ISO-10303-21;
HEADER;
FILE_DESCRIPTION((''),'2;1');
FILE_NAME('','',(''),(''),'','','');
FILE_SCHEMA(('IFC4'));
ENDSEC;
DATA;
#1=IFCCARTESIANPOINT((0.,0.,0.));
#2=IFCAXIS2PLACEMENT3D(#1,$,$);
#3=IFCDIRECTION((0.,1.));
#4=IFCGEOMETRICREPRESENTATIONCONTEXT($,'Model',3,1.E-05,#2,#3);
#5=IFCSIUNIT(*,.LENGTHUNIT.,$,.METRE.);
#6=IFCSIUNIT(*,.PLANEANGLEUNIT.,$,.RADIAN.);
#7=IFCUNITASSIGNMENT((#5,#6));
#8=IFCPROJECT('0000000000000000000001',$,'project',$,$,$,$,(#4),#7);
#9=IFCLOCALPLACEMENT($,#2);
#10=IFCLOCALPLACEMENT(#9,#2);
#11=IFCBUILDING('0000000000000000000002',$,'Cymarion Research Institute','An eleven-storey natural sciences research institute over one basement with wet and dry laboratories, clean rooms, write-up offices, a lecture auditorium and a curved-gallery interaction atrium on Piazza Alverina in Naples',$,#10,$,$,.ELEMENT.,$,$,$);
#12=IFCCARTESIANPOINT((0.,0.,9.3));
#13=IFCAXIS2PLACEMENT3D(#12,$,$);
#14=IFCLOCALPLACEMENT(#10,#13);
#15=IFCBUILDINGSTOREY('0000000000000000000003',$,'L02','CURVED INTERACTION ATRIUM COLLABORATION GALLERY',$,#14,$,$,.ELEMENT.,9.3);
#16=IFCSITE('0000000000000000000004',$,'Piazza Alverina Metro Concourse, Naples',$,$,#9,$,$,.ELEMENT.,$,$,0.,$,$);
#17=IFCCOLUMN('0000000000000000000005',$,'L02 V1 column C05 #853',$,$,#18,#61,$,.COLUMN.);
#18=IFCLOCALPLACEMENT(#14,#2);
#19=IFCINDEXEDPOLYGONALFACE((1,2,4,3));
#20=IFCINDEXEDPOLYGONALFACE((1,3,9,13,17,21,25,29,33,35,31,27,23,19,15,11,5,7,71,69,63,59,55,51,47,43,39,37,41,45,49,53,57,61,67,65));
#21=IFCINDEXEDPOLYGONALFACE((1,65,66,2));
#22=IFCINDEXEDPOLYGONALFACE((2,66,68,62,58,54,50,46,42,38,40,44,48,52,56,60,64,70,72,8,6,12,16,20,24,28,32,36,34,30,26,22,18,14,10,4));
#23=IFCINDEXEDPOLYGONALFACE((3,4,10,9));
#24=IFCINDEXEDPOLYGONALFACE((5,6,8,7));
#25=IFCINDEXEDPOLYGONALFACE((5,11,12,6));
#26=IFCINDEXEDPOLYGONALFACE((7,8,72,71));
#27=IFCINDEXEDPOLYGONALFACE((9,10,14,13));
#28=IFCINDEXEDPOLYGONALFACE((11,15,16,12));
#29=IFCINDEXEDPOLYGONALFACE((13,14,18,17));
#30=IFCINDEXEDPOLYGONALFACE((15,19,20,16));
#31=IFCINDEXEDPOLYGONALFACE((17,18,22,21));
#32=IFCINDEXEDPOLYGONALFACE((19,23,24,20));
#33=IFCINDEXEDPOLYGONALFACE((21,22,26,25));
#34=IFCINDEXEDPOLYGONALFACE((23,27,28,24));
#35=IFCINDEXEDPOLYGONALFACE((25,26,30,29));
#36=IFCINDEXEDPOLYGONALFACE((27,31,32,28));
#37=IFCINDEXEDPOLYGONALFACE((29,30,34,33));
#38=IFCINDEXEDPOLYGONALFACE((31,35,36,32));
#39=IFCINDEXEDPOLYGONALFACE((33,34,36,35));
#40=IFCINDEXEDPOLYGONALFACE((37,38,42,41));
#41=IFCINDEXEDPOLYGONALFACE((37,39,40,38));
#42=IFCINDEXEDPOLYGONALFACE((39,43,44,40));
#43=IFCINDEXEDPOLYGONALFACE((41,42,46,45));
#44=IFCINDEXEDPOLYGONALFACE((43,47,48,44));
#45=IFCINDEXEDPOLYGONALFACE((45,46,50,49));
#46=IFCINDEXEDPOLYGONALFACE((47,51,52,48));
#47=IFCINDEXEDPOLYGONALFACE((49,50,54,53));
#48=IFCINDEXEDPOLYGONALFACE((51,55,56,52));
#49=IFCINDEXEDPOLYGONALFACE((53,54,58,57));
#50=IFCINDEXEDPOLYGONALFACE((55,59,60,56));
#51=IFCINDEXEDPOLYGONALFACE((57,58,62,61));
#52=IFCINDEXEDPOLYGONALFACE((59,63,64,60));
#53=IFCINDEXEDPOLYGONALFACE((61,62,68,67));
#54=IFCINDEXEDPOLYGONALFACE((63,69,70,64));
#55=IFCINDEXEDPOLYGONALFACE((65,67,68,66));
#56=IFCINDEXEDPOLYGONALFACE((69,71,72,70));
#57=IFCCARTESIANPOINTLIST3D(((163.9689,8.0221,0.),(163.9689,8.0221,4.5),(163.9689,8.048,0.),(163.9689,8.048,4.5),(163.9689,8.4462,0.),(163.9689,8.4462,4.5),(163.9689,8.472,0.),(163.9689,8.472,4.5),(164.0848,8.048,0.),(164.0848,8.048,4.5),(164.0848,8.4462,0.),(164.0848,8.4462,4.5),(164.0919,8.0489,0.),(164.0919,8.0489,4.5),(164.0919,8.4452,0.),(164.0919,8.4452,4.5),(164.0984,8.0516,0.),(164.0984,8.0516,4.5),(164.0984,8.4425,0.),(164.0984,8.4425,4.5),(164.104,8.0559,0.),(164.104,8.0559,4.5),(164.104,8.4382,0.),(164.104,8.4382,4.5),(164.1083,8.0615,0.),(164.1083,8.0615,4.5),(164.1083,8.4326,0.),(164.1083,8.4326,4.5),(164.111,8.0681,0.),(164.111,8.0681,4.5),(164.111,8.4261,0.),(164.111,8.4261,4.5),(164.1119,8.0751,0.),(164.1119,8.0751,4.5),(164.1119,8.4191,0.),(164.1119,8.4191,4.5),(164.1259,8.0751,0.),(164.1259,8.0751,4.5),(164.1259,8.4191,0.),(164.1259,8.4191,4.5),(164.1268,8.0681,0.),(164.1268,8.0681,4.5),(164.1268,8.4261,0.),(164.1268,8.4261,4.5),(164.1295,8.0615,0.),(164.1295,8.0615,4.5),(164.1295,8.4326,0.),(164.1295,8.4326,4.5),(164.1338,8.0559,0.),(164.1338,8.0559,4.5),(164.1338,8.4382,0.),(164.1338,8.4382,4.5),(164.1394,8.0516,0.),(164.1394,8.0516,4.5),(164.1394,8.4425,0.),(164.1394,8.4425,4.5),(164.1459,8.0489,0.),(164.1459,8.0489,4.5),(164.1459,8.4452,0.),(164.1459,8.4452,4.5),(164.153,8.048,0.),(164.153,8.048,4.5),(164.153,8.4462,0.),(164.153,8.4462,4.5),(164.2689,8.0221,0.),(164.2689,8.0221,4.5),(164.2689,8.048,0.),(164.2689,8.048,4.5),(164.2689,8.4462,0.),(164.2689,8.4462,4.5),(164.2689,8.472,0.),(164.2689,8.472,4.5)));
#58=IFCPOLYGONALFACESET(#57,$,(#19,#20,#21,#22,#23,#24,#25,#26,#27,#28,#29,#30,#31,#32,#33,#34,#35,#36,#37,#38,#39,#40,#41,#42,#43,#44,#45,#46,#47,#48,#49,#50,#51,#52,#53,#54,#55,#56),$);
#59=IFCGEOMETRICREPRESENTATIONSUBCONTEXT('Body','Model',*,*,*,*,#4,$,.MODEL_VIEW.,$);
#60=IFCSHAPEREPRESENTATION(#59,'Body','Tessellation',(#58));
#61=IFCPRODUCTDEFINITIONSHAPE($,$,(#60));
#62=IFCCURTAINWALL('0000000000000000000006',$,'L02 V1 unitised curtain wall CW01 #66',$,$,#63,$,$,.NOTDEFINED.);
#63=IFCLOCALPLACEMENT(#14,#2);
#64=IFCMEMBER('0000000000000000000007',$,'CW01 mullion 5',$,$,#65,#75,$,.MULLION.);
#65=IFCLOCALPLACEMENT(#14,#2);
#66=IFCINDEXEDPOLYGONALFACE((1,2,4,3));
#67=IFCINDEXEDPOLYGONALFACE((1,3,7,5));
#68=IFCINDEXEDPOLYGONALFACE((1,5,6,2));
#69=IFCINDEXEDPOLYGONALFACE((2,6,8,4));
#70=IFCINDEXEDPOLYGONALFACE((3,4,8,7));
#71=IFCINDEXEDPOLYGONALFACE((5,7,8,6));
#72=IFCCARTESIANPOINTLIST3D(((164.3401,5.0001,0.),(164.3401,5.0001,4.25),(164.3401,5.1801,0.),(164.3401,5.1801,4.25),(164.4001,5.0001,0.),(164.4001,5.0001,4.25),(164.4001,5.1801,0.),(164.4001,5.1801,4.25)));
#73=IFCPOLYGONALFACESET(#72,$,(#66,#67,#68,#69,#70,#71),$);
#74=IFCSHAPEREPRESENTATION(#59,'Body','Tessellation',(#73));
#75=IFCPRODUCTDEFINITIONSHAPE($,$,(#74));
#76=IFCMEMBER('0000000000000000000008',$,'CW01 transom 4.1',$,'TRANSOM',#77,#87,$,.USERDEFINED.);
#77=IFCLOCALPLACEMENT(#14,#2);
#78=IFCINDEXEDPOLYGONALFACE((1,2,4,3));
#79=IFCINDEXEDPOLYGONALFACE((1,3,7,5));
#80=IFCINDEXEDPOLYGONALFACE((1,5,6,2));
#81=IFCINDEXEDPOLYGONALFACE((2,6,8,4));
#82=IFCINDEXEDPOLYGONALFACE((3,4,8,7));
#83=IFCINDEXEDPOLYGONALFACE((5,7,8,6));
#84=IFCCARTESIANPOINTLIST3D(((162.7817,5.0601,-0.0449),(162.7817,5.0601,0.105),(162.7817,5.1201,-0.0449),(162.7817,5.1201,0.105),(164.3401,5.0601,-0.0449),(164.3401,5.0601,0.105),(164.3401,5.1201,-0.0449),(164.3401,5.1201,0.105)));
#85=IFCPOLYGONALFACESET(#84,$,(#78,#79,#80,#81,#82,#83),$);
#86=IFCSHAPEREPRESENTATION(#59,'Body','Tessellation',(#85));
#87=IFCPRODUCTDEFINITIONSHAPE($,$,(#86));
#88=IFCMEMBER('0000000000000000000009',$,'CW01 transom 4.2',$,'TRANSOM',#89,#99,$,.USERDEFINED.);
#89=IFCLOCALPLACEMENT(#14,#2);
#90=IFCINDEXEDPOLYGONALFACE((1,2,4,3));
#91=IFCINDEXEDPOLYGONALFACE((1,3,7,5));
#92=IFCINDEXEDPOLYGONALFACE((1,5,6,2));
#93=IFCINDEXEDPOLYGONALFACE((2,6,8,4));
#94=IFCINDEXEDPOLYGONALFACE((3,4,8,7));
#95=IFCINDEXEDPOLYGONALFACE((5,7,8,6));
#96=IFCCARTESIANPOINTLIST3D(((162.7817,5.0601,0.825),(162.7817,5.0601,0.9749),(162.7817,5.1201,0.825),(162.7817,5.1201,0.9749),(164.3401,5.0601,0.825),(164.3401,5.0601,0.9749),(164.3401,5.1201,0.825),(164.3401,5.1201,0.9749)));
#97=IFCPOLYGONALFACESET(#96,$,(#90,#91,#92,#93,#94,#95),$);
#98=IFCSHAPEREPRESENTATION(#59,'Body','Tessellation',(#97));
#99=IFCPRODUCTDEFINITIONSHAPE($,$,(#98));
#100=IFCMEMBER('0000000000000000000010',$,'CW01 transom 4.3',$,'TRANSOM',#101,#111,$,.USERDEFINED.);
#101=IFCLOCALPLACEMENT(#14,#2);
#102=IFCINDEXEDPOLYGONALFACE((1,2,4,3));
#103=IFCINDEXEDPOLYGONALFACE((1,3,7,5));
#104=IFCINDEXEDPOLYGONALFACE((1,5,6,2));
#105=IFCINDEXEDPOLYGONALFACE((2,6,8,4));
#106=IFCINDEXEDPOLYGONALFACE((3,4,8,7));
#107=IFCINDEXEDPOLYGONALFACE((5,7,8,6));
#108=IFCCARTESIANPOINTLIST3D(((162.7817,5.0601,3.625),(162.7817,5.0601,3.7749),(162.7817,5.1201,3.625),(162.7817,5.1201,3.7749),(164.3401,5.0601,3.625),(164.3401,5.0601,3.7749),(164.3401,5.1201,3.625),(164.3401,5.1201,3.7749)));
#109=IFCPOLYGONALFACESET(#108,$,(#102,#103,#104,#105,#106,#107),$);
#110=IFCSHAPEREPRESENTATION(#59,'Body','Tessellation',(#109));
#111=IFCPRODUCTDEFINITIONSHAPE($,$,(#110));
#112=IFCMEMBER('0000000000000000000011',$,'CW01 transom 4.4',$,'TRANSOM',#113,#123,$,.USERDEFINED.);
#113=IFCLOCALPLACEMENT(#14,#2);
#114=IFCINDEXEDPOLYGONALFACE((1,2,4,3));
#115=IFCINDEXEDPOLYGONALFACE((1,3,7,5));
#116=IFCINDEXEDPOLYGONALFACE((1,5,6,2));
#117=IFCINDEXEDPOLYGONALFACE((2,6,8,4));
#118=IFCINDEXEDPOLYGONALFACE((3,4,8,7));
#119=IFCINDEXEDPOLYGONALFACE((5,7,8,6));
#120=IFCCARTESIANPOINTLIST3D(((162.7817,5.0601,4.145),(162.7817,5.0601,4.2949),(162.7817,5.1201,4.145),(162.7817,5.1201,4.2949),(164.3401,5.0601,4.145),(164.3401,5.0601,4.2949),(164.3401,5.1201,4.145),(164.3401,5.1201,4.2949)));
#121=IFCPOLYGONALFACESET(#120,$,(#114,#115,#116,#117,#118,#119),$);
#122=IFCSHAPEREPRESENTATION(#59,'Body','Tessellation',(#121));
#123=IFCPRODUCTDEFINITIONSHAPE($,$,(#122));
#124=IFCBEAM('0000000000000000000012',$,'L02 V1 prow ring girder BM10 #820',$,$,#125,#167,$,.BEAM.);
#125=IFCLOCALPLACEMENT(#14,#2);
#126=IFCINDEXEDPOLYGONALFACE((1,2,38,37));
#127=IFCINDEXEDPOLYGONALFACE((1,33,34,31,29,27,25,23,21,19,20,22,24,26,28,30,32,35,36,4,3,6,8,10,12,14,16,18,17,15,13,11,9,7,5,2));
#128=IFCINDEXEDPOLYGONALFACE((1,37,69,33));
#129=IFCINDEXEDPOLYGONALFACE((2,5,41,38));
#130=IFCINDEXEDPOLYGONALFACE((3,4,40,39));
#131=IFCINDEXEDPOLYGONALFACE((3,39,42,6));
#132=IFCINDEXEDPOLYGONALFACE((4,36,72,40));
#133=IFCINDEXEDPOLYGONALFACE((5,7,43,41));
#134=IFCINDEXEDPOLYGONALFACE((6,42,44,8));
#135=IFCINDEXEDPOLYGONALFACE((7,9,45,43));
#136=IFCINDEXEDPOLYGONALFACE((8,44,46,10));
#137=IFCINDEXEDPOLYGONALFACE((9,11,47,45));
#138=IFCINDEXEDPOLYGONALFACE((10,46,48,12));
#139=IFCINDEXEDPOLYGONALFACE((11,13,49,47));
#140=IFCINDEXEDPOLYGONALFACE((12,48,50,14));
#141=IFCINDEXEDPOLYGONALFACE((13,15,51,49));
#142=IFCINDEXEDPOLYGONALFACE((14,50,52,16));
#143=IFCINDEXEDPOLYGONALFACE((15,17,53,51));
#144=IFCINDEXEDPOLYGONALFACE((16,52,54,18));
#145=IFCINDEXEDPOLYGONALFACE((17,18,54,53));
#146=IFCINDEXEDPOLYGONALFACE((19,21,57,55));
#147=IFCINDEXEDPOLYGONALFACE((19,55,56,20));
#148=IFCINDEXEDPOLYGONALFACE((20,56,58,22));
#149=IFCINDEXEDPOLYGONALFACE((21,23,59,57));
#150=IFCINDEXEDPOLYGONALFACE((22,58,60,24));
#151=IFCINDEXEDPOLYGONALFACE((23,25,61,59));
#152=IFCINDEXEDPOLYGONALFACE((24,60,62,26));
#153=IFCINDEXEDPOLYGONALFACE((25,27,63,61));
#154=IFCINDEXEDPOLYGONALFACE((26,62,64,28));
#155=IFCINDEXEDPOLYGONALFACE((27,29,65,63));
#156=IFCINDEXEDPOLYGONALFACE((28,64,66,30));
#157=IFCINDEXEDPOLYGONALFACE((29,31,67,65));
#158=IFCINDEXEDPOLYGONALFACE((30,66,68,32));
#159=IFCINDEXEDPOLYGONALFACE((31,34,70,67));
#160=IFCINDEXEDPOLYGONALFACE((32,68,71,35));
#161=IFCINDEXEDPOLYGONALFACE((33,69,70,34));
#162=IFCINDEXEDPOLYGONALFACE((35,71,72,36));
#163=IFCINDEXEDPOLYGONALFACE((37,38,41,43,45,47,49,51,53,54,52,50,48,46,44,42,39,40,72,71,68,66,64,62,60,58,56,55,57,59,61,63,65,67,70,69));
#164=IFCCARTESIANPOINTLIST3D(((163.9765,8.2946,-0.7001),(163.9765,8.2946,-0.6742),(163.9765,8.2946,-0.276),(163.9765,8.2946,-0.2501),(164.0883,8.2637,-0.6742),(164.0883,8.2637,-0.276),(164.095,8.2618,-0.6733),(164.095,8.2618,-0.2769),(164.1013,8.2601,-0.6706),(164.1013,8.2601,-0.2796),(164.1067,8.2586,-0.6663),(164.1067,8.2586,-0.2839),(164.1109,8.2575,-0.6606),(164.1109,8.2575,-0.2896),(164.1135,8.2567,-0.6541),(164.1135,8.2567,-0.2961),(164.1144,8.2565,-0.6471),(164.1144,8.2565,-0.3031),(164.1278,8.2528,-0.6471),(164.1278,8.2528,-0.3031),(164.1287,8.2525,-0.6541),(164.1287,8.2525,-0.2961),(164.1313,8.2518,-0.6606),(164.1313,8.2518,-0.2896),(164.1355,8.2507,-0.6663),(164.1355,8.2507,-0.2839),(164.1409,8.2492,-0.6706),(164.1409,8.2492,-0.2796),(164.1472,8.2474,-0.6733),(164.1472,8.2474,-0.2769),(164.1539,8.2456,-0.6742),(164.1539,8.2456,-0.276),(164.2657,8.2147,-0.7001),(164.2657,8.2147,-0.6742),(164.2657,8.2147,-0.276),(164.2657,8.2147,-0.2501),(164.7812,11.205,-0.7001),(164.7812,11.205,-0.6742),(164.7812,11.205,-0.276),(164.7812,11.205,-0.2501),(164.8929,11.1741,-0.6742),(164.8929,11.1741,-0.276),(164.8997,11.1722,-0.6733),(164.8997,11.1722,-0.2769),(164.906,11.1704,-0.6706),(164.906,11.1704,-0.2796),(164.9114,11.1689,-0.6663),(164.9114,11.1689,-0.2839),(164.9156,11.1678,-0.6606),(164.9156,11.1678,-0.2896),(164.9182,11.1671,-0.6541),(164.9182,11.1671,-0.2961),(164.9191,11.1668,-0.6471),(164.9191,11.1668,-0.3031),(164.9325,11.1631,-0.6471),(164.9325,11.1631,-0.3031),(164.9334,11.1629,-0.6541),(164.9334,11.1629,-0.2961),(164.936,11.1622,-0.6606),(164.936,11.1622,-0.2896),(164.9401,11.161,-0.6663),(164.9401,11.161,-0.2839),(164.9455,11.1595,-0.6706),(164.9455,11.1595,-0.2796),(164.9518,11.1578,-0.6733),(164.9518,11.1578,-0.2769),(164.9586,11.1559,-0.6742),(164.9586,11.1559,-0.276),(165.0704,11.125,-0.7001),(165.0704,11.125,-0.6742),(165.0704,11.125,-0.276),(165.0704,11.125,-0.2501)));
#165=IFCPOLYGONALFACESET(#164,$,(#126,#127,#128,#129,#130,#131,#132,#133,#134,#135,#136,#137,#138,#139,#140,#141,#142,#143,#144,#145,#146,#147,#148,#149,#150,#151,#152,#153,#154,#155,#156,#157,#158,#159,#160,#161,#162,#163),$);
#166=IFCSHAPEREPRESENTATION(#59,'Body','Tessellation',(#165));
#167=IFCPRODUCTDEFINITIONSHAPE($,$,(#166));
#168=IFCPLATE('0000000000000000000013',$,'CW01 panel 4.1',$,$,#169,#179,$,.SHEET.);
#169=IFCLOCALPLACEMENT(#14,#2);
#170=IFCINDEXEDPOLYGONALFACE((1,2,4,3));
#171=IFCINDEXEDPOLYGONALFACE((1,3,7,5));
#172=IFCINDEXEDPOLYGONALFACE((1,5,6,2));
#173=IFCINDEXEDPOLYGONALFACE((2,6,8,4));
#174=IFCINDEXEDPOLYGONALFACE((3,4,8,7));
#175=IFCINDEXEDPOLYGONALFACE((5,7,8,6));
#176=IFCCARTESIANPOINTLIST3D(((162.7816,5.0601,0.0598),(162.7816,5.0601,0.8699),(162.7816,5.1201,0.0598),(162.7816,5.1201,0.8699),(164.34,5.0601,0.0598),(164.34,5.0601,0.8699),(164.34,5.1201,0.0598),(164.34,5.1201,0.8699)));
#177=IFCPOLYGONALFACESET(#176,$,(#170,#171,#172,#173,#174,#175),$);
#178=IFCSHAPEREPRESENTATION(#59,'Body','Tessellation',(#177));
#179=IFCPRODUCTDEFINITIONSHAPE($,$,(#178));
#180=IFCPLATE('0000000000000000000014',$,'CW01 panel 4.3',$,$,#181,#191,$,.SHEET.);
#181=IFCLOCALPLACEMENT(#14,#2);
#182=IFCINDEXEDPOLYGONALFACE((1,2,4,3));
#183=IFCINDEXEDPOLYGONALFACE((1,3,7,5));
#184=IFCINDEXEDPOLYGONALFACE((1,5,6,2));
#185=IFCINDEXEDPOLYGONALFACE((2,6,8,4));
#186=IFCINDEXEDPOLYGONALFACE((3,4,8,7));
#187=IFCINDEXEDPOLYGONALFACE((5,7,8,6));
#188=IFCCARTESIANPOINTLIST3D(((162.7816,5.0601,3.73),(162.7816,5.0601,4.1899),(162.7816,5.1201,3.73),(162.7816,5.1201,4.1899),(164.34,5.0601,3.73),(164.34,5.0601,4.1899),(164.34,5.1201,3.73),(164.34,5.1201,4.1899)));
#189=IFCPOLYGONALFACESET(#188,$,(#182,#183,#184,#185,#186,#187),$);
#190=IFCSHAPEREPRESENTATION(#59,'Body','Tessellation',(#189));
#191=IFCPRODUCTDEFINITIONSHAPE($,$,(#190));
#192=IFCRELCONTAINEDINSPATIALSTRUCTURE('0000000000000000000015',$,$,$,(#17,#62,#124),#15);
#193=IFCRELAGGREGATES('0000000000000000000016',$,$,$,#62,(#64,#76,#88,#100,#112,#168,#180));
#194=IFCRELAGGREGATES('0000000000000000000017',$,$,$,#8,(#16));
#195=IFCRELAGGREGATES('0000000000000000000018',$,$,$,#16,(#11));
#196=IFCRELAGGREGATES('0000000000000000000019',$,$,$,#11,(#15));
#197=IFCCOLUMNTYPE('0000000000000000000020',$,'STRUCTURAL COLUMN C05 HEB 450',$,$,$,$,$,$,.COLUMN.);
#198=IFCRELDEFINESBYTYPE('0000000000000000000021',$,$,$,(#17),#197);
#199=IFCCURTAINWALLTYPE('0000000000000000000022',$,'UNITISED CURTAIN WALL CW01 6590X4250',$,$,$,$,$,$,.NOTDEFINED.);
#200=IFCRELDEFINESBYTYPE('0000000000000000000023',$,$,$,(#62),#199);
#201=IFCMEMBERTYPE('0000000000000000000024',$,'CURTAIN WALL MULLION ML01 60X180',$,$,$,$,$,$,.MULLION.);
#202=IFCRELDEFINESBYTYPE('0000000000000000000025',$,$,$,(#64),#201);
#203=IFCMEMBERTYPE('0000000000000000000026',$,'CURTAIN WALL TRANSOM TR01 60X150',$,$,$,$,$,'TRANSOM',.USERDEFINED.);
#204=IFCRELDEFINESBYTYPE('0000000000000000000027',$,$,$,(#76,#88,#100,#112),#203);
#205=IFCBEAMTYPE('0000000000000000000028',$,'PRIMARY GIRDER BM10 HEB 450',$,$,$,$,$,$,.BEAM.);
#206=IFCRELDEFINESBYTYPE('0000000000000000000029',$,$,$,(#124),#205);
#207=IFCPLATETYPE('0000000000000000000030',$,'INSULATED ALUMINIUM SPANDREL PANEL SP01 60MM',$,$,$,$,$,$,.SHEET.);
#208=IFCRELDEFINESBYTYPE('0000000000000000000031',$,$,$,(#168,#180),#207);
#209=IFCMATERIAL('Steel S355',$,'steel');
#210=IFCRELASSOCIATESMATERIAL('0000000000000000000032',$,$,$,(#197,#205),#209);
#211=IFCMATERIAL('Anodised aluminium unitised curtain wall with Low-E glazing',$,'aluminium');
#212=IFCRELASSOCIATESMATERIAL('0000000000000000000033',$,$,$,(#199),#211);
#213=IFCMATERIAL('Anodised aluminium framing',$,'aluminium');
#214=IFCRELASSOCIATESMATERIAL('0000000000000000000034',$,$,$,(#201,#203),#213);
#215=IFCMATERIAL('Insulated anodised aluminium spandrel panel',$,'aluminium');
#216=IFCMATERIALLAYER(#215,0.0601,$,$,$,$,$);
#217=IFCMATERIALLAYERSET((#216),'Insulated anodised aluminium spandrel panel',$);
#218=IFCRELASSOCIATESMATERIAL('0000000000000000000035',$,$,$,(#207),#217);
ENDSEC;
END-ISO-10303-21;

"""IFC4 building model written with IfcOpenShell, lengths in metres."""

from ifc_helpers import new_model, si_unit, direction, frame, origin, origin_2d, place, context, subcontext, project, spatial, rectangle, i_section, extrude, material, layer, layer_set, material_profile, profile_set, type_object, element, aggregate, save


model = new_model("IFC4")

# Units and contexts
model_context = context("Model", 3, precision=1e-05, world=origin(), true_north=direction((0.0, 1.0)))
body_context = subcontext(model_context, "Body", "Model", "MODEL_VIEW")
ifc_project = project(units=[si_unit("LENGTHUNIT", "METRE"), si_unit("PLANEANGLEUNIT", "RADIAN")], contexts=[model_context])

# Site, building, storey
site_placement = place(None, origin())
site = spatial("IfcSite", under=ifc_project, at=site_placement, Name="Piazza Alverina Metro Concourse, Naples", CompositionType="ELEMENT", RefElevation=0.0)
building_placement = place(site_placement, origin())
building = spatial("IfcBuilding", under=site, at=building_placement, Name="Cymarion Research Institute", Description="An eleven-storey natural sciences research institute over one basement with wet and dry laboratories, clean rooms, write-up offices, a lecture auditorium and a curved-gallery interaction atrium on Piazza Alverina in Naples", CompositionType="ELEMENT")
storey_placement = place(building_placement, frame((0.0, 0.0, 9.3)))
storey = spatial("IfcBuildingStorey", under=building, at=storey_placement, Name="L02", Description="CURVED INTERACTION ATRIUM COLLABORATION GALLERY", CompositionType="ELEMENT", Elevation=9.3)

# Column
ifc_material_1 = material(Name="Steel S355", Category="steel")
ifc_material_profile_1 = material_profile(ifc_material_1, i_section(OverallWidth=0.3, OverallDepth=0.45, WebThickness=0.0139, FlangeThickness=0.0259, FilletRadius=0.0271, at=origin_2d()), Name="HEB 450")
ifc_profile_set_1 = profile_set([ifc_material_profile_1], Name="Steel S355")
column_type = type_object("IfcColumnType", Name="STRUCTURAL COLUMN C05 HEB 450", PredefinedType="COLUMN", material=ifc_profile_set_1)
column_placement = place(storey_placement, frame((164.1189, 8.2471, 0.0), z_axis=(0.0, 0.0, 1.0), x_axis=(1.0, 0.0, 0.0)))
element("IfcColumn", 1, at=column_placement, inside=storey, type_object=column_type, Name="L02 V1 column C05 #853", PredefinedType="COLUMN", context=body_context, shape_type="SweptSolid", body=[
    extrude(i_section(OverallWidth=0.3, OverallDepth=0.45, WebThickness=0.0139, FlangeThickness=0.0259, FilletRadius=0.0271, at=origin_2d()), origin(), (0.0, 0.0, 1.0), 4.5),
])

# Curtain wall, members
ifc_material_2 = material(Name="Anodised aluminium unitised curtain wall with Low-E glazing", Category="aluminium")
curtain_wall_type = type_object("IfcCurtainWallType", Name="UNITISED CURTAIN WALL CW01 6590X4250", PredefinedType="NOTDEFINED", material=ifc_material_2)
curtain_wall_placement = place(storey_placement, origin())
curtain_wall = element("IfcCurtainWall", 2, at=curtain_wall_placement, inside=storey, type_object=curtain_wall_type, Name="L02 V1 unitised curtain wall CW01 #66", PredefinedType="NOTDEFINED")
ifc_material_3 = material(Name="Anodised aluminium framing", Category="aluminium")
ifc_material_profile_2 = material_profile(ifc_material_3, rectangle(XDim=0.0601, YDim=0.1799, at=origin_2d()), Name="ALU MULLION 60x180")
ifc_profile_set_2 = profile_set([ifc_material_profile_2], Name="Anodised aluminium framing")
member_type_1 = type_object("IfcMemberType", Name="CURTAIN WALL MULLION ML01 60X180", PredefinedType="MULLION", material=ifc_profile_set_2)
member_1_placement = place(storey_placement, frame((164.3701, 5.0901, 0.0), z_axis=(0.0, 0.0, 1.0), x_axis=(1.0, 0.0, 0.0)))
member_1 = element("IfcMember", 3, at=member_1_placement, type_object=member_type_1, Name="CW01 mullion 5", PredefinedType="MULLION", context=body_context, shape_type="SweptSolid", body=[
    extrude(rectangle(XDim=0.0601, YDim=0.1799, at=origin_2d()), origin(), (0.0, 0.0, 1.0), 4.25),
])
ifc_material_profile_3 = material_profile(ifc_material_3, rectangle(XDim=0.0601, YDim=0.1499, at=origin_2d()), Name="ALU TRANSOM 60x150")
ifc_profile_set_3 = profile_set([ifc_material_profile_3], Name="Anodised aluminium framing")
member_type_2 = type_object("IfcMemberType", Name="CURTAIN WALL TRANSOM TR01 60X150", ElementType="TRANSOM", PredefinedType="USERDEFINED", material=ifc_profile_set_3)
member_2_placement = place(storey_placement, frame((162.7817, 5.0901, 0.03), z_axis=(1.0, 0.0, 0.0), x_axis=(0.0, 1.0, 0.0)))
member_2 = element("IfcMember", 4, at=member_2_placement, type_object=member_type_2, Name="CW01 transom 4.1", ObjectType="TRANSOM", PredefinedType="USERDEFINED", context=body_context, shape_type="SweptSolid", body=[
    extrude(rectangle(XDim=0.0601, YDim=0.1499, at=origin_2d()), origin(), (0.0, 0.0, 1.0), 1.5583),
])
member_3_placement = place(storey_placement, frame((162.7817, 5.0901, 0.8999), z_axis=(1.0, 0.0, 0.0), x_axis=(0.0, 1.0, 0.0)))
member_3 = element("IfcMember", 5, at=member_3_placement, type_object=member_type_2, Name="CW01 transom 4.2", ObjectType="TRANSOM", PredefinedType="USERDEFINED", context=body_context, shape_type="SweptSolid", body=[
    extrude(rectangle(XDim=0.0601, YDim=0.1499, at=origin_2d()), origin(), (0.0, 0.0, 1.0), 1.5583),
])
member_4_placement = place(storey_placement, frame((162.7817, 5.0901, 3.7), z_axis=(1.0, 0.0, 0.0), x_axis=(0.0, 1.0, 0.0)))
member_4 = element("IfcMember", 6, at=member_4_placement, type_object=member_type_2, Name="CW01 transom 4.3", ObjectType="TRANSOM", PredefinedType="USERDEFINED", context=body_context, shape_type="SweptSolid", body=[
    extrude(rectangle(XDim=0.0601, YDim=0.1499, at=origin_2d()), origin(), (0.0, 0.0, 1.0), 1.5583),
])
member_5_placement = place(storey_placement, frame((162.7817, 5.0901, 4.22), z_axis=(1.0, 0.0, 0.0), x_axis=(0.0, 1.0, 0.0)))
member_5 = element("IfcMember", 7, at=member_5_placement, type_object=member_type_2, Name="CW01 transom 4.4", ObjectType="TRANSOM", PredefinedType="USERDEFINED", context=body_context, shape_type="SweptSolid", body=[
    extrude(rectangle(XDim=0.0601, YDim=0.1499, at=origin_2d()), origin(), (0.0, 0.0, 1.0), 1.5583),
])

# Beam
ifc_material_profile_4 = material_profile(ifc_material_1, i_section(OverallWidth=0.3, OverallDepth=0.45, WebThickness=0.0139, FlangeThickness=0.0259, FilletRadius=0.0271, at=origin_2d()), Name="HEB 450")
ifc_profile_set_4 = profile_set([ifc_material_profile_4], Name="Steel S355")
beam_type = type_object("IfcBeamType", Name="PRIMARY GIRDER BM10 HEB 450", PredefinedType="BEAM", material=ifc_profile_set_4)
beam_placement = place(storey_placement, frame((164.1211, 8.2546, -0.4751), z_axis=(0.266489, 0.963838, 0.0), x_axis=(-0.963838, 0.266489, 0.0)))
element("IfcBeam", 8, at=beam_placement, inside=storey, type_object=beam_type, Name="L02 V1 prow ring girder BM10 #820", PredefinedType="BEAM", context=body_context, shape_type="SweptSolid", body=[
    extrude(i_section(OverallWidth=0.3, OverallDepth=0.45, WebThickness=0.0139, FlangeThickness=0.0259, FilletRadius=0.0271, at=origin_2d()), origin(), (0.0, 0.0, 1.0), 3.0195),
])

# Plates
ifc_material_4 = material(Name="Insulated anodised aluminium spandrel panel", Category="aluminium")
ifc_layer_1 = layer(ifc_material_4, 0.0601)
ifc_layer_set_1 = layer_set([ifc_layer_1], Name="Insulated anodised aluminium spandrel panel")
plate_type_1 = type_object("IfcPlateType", Name="INSULATED ALUMINIUM SPANDREL PANEL SP01 60MM", PredefinedType="SHEET", material=ifc_layer_set_1)
plate_1_placement = place(storey_placement, frame((163.5608, 5.0901, 0.0598), z_axis=(0.0, 0.0, 1.0), x_axis=(1.0, 0.0, 0.0)))
plate_1 = element("IfcPlate", 9, at=plate_1_placement, type_object=plate_type_1, Name="CW01 panel 4.1", PredefinedType="SHEET", context=body_context, shape_type="SweptSolid", body=[
    extrude(rectangle(XDim=1.5583, YDim=0.0601, at=origin_2d()), origin(), (0.0, 0.0, 1.0), 0.8101),
])
plate_2_placement = place(storey_placement, frame((163.5608, 5.0901, 3.73), z_axis=(0.0, 0.0, 1.0), x_axis=(1.0, 0.0, 0.0)))
plate_2 = element("IfcPlate", 10, at=plate_2_placement, type_object=plate_type_1, Name="CW01 panel 4.3", PredefinedType="SHEET", context=body_context, shape_type="SweptSolid", body=[
    extrude(rectangle(XDim=1.5583, YDim=0.0601, at=origin_2d()), origin(), (0.0, 0.0, 1.0), 0.46),
])
aggregate(curtain_wall, [member_1, member_2, member_3, member_4, member_5, plate_1, plate_2])

save(model, "model.ifc")
